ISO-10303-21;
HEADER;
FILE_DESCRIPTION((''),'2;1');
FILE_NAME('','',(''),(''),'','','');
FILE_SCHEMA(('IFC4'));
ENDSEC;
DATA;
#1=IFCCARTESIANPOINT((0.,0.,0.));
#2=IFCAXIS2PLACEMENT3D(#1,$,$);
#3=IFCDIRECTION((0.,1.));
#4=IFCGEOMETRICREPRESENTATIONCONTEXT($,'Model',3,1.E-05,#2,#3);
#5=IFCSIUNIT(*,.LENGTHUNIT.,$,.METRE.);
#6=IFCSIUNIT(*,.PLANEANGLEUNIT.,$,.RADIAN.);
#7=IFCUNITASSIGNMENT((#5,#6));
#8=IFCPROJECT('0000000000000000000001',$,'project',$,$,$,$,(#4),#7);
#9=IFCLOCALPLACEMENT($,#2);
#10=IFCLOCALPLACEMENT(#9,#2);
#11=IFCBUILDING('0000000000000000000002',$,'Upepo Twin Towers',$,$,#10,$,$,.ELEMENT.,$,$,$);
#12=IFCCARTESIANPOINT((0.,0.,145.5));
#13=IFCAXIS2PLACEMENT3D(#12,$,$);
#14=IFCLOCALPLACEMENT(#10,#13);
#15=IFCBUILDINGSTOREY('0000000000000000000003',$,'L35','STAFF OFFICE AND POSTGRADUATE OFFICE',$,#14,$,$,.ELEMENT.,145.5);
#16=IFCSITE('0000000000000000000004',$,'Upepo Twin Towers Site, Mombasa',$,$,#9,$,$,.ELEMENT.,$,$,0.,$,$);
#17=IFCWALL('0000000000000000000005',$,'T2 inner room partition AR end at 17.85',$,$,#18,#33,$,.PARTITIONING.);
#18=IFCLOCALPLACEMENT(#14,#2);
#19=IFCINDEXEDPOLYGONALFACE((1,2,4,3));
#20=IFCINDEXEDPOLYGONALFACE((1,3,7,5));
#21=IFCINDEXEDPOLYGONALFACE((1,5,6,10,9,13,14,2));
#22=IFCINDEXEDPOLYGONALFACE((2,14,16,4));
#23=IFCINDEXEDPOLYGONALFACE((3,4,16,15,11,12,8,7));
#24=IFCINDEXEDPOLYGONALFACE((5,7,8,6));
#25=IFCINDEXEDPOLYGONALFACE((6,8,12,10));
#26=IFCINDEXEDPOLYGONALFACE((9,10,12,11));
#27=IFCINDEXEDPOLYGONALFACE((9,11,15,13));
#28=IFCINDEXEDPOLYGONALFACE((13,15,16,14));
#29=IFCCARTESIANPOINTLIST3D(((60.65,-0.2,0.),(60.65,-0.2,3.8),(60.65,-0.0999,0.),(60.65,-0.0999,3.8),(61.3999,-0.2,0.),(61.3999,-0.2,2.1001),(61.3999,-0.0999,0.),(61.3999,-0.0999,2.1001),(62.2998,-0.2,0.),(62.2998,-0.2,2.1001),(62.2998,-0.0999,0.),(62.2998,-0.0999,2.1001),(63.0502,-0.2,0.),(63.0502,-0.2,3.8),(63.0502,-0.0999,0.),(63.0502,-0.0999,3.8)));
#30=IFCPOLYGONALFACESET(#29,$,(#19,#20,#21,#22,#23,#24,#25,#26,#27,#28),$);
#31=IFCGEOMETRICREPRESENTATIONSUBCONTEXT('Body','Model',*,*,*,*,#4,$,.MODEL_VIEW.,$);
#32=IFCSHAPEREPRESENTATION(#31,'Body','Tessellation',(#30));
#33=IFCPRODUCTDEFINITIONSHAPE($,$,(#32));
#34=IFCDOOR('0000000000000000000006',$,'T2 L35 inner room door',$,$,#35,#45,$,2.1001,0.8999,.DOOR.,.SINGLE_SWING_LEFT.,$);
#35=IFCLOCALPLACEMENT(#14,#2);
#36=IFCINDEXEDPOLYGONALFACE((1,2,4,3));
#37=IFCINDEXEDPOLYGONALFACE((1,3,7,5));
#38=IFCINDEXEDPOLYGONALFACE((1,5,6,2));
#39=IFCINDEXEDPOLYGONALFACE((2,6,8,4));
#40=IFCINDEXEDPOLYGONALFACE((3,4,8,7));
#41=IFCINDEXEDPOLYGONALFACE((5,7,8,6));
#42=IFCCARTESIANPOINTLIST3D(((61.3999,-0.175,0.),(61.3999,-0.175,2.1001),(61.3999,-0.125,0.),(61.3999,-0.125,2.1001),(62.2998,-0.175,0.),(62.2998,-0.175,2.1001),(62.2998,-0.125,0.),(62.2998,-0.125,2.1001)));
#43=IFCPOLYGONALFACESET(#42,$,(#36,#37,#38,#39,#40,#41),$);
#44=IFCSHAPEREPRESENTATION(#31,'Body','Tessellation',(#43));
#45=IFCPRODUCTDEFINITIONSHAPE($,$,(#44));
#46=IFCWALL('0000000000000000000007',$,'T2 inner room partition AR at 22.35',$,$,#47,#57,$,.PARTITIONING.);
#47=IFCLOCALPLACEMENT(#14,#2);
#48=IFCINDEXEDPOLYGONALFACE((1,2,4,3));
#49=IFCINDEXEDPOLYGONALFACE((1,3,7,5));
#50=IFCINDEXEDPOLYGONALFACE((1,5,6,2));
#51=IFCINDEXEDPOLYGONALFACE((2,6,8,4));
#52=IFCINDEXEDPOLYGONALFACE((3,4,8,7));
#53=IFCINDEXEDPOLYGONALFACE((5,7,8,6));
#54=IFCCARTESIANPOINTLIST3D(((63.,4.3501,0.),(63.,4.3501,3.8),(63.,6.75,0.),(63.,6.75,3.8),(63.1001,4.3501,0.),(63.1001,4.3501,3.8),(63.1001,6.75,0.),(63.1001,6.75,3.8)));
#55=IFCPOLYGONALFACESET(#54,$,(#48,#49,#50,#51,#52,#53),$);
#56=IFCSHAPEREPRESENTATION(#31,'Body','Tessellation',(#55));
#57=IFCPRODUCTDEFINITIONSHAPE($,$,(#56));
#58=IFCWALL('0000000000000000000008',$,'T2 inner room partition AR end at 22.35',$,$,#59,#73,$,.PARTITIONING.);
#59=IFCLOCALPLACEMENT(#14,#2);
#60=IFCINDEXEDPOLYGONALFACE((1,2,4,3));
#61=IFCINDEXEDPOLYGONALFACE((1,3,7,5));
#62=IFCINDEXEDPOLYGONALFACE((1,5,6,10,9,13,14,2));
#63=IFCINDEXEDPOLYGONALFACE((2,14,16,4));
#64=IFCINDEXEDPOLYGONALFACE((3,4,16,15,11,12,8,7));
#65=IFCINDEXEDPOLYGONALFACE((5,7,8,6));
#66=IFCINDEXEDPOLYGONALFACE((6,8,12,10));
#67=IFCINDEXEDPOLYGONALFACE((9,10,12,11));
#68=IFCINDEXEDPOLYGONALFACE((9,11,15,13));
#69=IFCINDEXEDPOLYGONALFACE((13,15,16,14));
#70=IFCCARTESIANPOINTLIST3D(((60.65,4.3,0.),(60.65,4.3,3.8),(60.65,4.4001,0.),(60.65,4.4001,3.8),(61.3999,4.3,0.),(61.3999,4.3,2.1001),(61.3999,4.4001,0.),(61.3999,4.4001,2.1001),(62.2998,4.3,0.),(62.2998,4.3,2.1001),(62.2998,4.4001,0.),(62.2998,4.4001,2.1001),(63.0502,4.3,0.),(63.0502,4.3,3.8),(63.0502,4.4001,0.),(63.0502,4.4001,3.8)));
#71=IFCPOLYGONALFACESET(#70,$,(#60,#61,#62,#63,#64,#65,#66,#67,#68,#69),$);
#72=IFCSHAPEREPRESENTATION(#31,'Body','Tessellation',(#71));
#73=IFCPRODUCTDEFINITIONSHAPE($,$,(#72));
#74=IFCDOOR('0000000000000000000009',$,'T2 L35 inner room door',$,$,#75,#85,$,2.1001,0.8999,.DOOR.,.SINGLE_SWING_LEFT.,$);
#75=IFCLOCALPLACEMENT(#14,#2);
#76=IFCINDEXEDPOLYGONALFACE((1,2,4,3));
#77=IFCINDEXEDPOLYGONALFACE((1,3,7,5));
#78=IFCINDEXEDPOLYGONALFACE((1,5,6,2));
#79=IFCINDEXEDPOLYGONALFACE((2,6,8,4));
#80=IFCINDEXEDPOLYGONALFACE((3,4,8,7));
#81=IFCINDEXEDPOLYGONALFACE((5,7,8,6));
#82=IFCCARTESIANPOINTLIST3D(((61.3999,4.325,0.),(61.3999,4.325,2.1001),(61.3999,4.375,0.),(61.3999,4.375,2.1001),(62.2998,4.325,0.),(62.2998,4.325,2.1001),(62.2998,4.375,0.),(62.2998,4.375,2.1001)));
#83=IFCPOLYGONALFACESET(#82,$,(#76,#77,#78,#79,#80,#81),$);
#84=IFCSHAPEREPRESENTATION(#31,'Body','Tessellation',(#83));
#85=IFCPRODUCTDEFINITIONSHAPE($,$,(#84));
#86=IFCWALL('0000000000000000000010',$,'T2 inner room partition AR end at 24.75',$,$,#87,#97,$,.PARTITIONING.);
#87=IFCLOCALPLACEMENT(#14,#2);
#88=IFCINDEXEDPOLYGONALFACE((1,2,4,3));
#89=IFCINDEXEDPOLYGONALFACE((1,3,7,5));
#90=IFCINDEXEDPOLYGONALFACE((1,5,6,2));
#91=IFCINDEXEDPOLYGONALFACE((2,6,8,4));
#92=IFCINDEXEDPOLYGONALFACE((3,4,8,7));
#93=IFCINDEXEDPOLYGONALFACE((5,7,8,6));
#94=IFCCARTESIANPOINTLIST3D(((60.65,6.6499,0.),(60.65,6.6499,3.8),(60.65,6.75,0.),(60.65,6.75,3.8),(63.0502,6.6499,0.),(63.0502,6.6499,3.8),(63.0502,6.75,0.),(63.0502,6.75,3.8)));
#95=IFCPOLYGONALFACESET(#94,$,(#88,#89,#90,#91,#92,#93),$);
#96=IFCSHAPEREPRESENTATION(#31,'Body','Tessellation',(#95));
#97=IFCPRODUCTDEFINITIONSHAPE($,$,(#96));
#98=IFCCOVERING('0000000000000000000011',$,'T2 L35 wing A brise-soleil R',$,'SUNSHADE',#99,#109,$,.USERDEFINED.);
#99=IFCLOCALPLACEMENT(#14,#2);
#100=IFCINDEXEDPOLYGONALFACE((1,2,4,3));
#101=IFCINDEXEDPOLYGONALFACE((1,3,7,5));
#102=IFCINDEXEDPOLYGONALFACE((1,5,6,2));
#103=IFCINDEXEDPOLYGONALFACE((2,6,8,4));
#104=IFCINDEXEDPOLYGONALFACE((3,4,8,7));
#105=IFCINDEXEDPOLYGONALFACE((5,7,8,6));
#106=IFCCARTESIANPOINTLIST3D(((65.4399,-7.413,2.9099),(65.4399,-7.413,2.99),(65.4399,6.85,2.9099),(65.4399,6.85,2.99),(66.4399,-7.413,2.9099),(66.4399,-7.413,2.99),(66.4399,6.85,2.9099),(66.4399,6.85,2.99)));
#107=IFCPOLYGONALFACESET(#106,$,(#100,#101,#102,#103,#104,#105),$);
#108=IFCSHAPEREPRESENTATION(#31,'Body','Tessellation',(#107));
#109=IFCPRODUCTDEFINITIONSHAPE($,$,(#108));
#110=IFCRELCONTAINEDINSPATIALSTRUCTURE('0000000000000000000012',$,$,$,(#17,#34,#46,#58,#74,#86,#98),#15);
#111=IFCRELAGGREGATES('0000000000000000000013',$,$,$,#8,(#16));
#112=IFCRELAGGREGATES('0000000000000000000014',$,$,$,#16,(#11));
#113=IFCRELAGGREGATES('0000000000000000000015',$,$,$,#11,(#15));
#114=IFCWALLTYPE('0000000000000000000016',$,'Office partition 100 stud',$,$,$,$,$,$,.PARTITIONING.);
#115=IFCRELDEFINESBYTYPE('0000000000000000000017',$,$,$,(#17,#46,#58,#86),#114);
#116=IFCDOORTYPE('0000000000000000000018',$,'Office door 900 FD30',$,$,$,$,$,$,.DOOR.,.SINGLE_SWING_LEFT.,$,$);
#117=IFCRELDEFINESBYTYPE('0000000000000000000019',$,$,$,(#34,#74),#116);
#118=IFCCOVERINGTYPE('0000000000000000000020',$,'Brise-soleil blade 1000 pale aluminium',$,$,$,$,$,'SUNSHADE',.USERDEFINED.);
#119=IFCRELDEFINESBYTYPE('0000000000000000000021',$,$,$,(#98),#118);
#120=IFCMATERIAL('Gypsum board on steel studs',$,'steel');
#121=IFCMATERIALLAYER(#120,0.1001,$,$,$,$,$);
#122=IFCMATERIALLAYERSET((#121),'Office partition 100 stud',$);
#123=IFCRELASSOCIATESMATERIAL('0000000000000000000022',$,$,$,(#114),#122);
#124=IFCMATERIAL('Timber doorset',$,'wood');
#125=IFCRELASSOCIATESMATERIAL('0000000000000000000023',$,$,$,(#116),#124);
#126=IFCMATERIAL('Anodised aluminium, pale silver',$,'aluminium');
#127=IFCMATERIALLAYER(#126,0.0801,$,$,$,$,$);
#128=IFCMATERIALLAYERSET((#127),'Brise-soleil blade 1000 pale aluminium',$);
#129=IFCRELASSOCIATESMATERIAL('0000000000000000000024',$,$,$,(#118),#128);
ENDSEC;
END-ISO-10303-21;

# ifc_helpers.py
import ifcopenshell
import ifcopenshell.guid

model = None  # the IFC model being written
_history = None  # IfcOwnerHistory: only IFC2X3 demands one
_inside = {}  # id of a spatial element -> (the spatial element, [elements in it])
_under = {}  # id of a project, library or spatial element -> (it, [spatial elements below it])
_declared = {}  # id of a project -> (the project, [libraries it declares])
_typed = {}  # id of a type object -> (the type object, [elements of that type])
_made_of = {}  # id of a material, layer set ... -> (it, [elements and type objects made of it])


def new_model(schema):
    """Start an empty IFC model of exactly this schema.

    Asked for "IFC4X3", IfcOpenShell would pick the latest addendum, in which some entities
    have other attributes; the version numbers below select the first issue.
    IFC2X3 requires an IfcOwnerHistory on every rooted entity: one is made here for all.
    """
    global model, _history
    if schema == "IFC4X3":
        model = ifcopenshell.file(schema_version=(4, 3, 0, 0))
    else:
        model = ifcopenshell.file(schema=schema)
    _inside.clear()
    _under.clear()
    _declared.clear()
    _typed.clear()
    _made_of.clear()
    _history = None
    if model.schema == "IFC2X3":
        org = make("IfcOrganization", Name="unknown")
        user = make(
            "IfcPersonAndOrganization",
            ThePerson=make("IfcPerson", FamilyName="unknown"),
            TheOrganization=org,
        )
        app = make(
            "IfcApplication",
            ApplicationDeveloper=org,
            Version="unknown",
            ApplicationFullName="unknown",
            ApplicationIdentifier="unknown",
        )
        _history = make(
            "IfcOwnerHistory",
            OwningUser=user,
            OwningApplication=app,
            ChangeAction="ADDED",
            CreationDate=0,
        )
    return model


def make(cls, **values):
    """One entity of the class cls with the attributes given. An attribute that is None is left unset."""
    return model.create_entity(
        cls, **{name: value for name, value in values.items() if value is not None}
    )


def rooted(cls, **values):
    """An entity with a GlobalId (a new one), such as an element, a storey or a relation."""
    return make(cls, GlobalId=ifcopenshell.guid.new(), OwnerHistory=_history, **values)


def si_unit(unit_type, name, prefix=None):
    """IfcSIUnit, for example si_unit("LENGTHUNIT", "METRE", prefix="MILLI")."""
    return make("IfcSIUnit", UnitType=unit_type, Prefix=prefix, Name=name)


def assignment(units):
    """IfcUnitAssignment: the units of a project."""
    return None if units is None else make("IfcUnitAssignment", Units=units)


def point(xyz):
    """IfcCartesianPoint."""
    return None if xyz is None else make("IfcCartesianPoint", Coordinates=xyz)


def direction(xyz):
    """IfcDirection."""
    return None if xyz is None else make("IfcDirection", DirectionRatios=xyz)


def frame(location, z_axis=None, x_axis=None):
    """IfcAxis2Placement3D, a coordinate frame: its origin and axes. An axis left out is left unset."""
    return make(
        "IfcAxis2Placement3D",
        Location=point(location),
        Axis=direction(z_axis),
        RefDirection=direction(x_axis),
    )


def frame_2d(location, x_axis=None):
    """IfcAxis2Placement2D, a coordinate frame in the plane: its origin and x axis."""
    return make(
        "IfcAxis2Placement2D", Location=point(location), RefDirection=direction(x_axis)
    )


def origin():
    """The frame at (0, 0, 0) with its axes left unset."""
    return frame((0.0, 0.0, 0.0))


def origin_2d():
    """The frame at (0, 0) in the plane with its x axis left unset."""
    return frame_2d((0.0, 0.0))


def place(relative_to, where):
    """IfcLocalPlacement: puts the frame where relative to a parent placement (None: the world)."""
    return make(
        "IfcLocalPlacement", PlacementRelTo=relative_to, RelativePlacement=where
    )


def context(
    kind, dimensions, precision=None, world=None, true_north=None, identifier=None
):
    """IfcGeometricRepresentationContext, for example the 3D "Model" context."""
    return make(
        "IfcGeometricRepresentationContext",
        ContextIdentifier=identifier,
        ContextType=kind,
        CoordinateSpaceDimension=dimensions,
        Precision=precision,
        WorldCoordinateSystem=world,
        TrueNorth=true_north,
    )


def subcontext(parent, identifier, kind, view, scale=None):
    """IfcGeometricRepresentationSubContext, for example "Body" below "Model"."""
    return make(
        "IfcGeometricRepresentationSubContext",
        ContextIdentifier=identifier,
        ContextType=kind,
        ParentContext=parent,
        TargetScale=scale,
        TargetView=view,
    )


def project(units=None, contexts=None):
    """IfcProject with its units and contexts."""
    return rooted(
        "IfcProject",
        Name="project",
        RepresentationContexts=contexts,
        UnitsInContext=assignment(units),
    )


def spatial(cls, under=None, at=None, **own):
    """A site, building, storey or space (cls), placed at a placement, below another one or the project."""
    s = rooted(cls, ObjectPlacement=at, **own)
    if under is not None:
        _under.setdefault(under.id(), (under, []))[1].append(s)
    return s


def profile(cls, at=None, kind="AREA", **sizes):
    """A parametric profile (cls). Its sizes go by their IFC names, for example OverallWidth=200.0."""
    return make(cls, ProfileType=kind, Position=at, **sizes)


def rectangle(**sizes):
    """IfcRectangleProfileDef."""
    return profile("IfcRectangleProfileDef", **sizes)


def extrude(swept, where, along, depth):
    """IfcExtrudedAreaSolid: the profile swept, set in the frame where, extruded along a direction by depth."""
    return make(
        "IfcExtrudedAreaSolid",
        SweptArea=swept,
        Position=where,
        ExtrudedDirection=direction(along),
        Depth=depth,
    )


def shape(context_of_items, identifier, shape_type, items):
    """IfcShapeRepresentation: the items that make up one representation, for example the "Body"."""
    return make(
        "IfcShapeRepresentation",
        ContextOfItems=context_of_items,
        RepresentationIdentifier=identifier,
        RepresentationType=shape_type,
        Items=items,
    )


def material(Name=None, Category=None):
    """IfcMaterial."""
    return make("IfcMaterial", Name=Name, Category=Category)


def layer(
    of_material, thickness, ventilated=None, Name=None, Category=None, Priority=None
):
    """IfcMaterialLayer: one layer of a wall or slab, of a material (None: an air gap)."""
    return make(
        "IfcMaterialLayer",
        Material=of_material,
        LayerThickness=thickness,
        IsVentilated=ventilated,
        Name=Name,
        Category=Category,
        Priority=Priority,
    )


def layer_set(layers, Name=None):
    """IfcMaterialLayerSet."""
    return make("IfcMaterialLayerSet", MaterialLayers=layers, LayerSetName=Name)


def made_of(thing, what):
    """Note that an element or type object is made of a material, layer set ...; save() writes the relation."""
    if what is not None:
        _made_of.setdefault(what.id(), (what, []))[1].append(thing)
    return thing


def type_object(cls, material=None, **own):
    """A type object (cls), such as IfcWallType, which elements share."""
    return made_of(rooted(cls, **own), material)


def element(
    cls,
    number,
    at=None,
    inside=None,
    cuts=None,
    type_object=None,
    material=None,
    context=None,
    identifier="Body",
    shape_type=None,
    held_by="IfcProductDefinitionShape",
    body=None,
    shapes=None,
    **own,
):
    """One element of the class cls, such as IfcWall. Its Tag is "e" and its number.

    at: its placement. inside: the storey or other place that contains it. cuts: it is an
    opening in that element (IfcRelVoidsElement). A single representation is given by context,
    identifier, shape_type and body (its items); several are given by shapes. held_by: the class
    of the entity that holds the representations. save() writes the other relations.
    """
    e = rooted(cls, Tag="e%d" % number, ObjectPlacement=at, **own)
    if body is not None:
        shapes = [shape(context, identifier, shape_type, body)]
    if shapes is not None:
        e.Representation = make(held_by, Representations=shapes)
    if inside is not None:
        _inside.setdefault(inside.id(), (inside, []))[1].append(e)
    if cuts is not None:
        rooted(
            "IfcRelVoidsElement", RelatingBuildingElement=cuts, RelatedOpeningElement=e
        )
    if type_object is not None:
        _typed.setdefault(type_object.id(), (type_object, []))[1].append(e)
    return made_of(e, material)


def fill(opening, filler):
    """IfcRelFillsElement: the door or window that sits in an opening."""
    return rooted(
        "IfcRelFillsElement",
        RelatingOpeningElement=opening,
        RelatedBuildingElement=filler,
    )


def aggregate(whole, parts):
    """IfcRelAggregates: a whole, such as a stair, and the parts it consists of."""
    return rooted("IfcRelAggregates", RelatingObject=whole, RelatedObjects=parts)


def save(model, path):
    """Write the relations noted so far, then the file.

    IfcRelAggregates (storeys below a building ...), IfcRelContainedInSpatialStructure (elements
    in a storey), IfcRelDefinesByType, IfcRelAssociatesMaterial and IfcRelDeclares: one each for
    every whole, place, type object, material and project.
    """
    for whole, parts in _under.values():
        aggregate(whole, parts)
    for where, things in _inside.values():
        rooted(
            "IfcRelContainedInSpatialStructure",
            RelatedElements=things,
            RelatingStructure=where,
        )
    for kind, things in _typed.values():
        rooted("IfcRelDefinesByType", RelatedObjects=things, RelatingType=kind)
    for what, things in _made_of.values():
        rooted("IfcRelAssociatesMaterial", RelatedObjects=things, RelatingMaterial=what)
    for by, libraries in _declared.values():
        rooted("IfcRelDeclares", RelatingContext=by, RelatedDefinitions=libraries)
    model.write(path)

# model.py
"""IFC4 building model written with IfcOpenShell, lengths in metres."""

from ifc_helpers import new_model, si_unit, direction, frame, frame_2d, origin, origin_2d, place, context, subcontext, project, spatial, rectangle, extrude, material, layer, layer_set, type_object, element, fill, save


model = new_model("IFC4")

# Units and contexts
model_context = context("Model", 3, precision=1e-05, world=origin(), true_north=direction((0.0, 1.0)))
body_context = subcontext(model_context, "Body", "Model", "MODEL_VIEW")
ifc_project = project(units=[si_unit("LENGTHUNIT", "METRE"), si_unit("PLANEANGLEUNIT", "RADIAN")], contexts=[model_context])

# Site, building, storey
site_placement = place(None, origin())
site = spatial("IfcSite", under=ifc_project, at=site_placement, Name="Upepo Twin Towers Site, Mombasa", CompositionType="ELEMENT", RefElevation=0.0)
building_placement = place(site_placement, origin())
building = spatial("IfcBuilding", under=site, at=building_placement, Name="Upepo Twin Towers", CompositionType="ELEMENT")
storey_placement = place(building_placement, frame((0.0, 0.0, 145.5)))
storey = spatial("IfcBuildingStorey", under=building, at=storey_placement, Name="L35", Description="STAFF OFFICE AND POSTGRADUATE OFFICE", CompositionType="ELEMENT", Elevation=145.5)

# Shared definitions
ifc_material_1 = material(Name="Gypsum board on steel studs", Category="steel")
ifc_layer_1 = layer(ifc_material_1, 0.1001)
ifc_layer_set_1 = layer_set([ifc_layer_1], Name="Office partition 100 stud")
wall_type_1 = type_object("IfcWallType", Name="Office partition 100 stud", PredefinedType="PARTITIONING", material=ifc_layer_set_1)

# Wall, opening, door
wall_1_placement = place(storey_placement, frame((60.6499, -0.1499, 0.0), z_axis=(0.0, 0.0, 1.0), x_axis=(1.0, 0.0, 0.0)))
wall_1 = element("IfcWall", 1, at=wall_1_placement, inside=storey, type_object=wall_type_1, Name="T2 inner room partition AR end at 17.85", PredefinedType="PARTITIONING", context=body_context, shape_type="SweptSolid", body=[
    extrude(rectangle(XDim=2.4001, YDim=0.1001, at=frame_2d((1.2002, 0.0))), origin(), (0.0, 0.0, 1.0), 3.8),
])
opening_1_placement = place(wall_1_placement, frame((0.75, 0.0, 0.0)))
opening_1 = element("IfcOpeningElement", 2, at=opening_1_placement, cuts=wall_1, PredefinedType="OPENING", context=body_context, shape_type="SweptSolid", body=[
    extrude(rectangle(XDim=0.8999, YDim=2.1001, at=frame_2d((0.45, 1.05))), frame((0.0, 0.0601, 0.0), z_axis=(0.0, -1.0, 0.0), x_axis=(1.0, 0.0, 0.0)), (0.0, 0.0, 1.0), 0.1201),
])
ifc_material_2 = material(Name="Timber doorset", Category="wood")
door_type = type_object("IfcDoorType", Name="Office door 900 FD30", OperationType="SINGLE_SWING_LEFT", PredefinedType="DOOR", material=ifc_material_2)
door_1_placement = place(opening_1_placement, origin())
door_1 = element("IfcDoor", 3, at=door_1_placement, inside=storey, type_object=door_type, Name="T2 L35 inner room door", OperationType="SINGLE_SWING_LEFT", OverallHeight=2.1001, OverallWidth=0.8999, PredefinedType="DOOR", context=body_context, shape_type="SweptSolid", body=[
    extrude(rectangle(XDim=0.8999, YDim=2.1001, at=frame_2d((0.45, 1.05))), frame((0.0, 0.0249, 0.0), z_axis=(0.0, -1.0, 0.0), x_axis=(1.0, 0.0, 0.0)), (0.0, 0.0, 1.0), 0.05),
])
fill(opening_1, door_1)

# Wall
wall_2_placement = place(storey_placement, frame((63.05, 4.3501, 0.0), z_axis=(0.0, 0.0, 1.0), x_axis=(0.0, 1.0, 0.0)))
element("IfcWall", 4, at=wall_2_placement, inside=storey, type_object=wall_type_1, Name="T2 inner room partition AR at 22.35", PredefinedType="PARTITIONING", context=body_context, shape_type="SweptSolid", body=[
    extrude(rectangle(XDim=2.3999, YDim=0.1001, at=frame_2d((1.2, 0.0))), origin(), (0.0, 0.0, 1.0), 3.8),
])

# Wall, opening, door
wall_3_placement = place(storey_placement, frame((60.6499, 4.3501, 0.0), z_axis=(0.0, 0.0, 1.0), x_axis=(1.0, 0.0, 0.0)))
wall_3 = element("IfcWall", 5, at=wall_3_placement, inside=storey, type_object=wall_type_1, Name="T2 inner room partition AR end at 22.35", PredefinedType="PARTITIONING", context=body_context, shape_type="SweptSolid", body=[
    extrude(rectangle(XDim=2.4001, YDim=0.1001, at=frame_2d((1.2002, 0.0))), origin(), (0.0, 0.0, 1.0), 3.8),
])
opening_2_placement = place(wall_3_placement, frame((0.75, 0.0, 0.0)))
opening_2 = element("IfcOpeningElement", 6, at=opening_2_placement, cuts=wall_3, PredefinedType="OPENING", context=body_context, shape_type="SweptSolid", body=[
    extrude(rectangle(XDim=0.8999, YDim=2.1001, at=frame_2d((0.45, 1.05))), frame((0.0, 0.0601, 0.0), z_axis=(0.0, -1.0, 0.0), x_axis=(1.0, 0.0, 0.0)), (0.0, 0.0, 1.0), 0.1201),
])
door_2_placement = place(opening_2_placement, origin())
door_2 = element("IfcDoor", 7, at=door_2_placement, inside=storey, type_object=door_type, Name="T2 L35 inner room door", OperationType="SINGLE_SWING_LEFT", OverallHeight=2.1001, OverallWidth=0.8999, PredefinedType="DOOR", context=body_context, shape_type="SweptSolid", body=[
    extrude(rectangle(XDim=0.8999, YDim=2.1001, at=frame_2d((0.45, 1.05))), frame((0.0, 0.0249, 0.0), z_axis=(0.0, -1.0, 0.0), x_axis=(1.0, 0.0, 0.0)), (0.0, 0.0, 1.0), 0.05),
])
fill(opening_2, door_2)

# Wall
wall_4_placement = place(storey_placement, frame((60.6499, 6.7, 0.0), z_axis=(0.0, 0.0, 1.0), x_axis=(1.0, 0.0, 0.0)))
element("IfcWall", 8, at=wall_4_placement, inside=storey, type_object=wall_type_1, Name="T2 inner room partition AR end at 24.75", PredefinedType="PARTITIONING", context=body_context, shape_type="SweptSolid", body=[
    extrude(rectangle(XDim=2.4001, YDim=0.1001, at=frame_2d((1.2002, 0.0))), origin(), (0.0, 0.0, 1.0), 3.8),
])

# Covering
ifc_material_3 = material(Name="Anodised aluminium, pale silver", Category="aluminium")
ifc_layer_2 = layer(ifc_material_3, 0.0801)
ifc_layer_set_2 = layer_set([ifc_layer_2], Name="Brise-soleil blade 1000 pale aluminium")
covering_type = type_object("IfcCoveringType", Name="Brise-soleil blade 1000 pale aluminium", ElementType="SUNSHADE", PredefinedType="USERDEFINED", material=ifc_layer_set_2)
covering_placement = place(storey_placement, frame((65.9399, -0.2815, 2.9099), z_axis=(0.0, 0.0, 1.0), x_axis=(0.0, 1.0, 0.0)))
element("IfcCovering", 9, at=covering_placement, inside=storey, type_object=covering_type, Name="T2 L35 wing A brise-soleil R", ObjectType="SUNSHADE", PredefinedType="USERDEFINED", context=body_context, shape_type="SweptSolid", body=[
    extrude(rectangle(XDim=14.2629, YDim=1.0, at=origin_2d()), origin(), (0.0, 0.0, 1.0), 0.0801),
])

save(model, "model.ifc")
